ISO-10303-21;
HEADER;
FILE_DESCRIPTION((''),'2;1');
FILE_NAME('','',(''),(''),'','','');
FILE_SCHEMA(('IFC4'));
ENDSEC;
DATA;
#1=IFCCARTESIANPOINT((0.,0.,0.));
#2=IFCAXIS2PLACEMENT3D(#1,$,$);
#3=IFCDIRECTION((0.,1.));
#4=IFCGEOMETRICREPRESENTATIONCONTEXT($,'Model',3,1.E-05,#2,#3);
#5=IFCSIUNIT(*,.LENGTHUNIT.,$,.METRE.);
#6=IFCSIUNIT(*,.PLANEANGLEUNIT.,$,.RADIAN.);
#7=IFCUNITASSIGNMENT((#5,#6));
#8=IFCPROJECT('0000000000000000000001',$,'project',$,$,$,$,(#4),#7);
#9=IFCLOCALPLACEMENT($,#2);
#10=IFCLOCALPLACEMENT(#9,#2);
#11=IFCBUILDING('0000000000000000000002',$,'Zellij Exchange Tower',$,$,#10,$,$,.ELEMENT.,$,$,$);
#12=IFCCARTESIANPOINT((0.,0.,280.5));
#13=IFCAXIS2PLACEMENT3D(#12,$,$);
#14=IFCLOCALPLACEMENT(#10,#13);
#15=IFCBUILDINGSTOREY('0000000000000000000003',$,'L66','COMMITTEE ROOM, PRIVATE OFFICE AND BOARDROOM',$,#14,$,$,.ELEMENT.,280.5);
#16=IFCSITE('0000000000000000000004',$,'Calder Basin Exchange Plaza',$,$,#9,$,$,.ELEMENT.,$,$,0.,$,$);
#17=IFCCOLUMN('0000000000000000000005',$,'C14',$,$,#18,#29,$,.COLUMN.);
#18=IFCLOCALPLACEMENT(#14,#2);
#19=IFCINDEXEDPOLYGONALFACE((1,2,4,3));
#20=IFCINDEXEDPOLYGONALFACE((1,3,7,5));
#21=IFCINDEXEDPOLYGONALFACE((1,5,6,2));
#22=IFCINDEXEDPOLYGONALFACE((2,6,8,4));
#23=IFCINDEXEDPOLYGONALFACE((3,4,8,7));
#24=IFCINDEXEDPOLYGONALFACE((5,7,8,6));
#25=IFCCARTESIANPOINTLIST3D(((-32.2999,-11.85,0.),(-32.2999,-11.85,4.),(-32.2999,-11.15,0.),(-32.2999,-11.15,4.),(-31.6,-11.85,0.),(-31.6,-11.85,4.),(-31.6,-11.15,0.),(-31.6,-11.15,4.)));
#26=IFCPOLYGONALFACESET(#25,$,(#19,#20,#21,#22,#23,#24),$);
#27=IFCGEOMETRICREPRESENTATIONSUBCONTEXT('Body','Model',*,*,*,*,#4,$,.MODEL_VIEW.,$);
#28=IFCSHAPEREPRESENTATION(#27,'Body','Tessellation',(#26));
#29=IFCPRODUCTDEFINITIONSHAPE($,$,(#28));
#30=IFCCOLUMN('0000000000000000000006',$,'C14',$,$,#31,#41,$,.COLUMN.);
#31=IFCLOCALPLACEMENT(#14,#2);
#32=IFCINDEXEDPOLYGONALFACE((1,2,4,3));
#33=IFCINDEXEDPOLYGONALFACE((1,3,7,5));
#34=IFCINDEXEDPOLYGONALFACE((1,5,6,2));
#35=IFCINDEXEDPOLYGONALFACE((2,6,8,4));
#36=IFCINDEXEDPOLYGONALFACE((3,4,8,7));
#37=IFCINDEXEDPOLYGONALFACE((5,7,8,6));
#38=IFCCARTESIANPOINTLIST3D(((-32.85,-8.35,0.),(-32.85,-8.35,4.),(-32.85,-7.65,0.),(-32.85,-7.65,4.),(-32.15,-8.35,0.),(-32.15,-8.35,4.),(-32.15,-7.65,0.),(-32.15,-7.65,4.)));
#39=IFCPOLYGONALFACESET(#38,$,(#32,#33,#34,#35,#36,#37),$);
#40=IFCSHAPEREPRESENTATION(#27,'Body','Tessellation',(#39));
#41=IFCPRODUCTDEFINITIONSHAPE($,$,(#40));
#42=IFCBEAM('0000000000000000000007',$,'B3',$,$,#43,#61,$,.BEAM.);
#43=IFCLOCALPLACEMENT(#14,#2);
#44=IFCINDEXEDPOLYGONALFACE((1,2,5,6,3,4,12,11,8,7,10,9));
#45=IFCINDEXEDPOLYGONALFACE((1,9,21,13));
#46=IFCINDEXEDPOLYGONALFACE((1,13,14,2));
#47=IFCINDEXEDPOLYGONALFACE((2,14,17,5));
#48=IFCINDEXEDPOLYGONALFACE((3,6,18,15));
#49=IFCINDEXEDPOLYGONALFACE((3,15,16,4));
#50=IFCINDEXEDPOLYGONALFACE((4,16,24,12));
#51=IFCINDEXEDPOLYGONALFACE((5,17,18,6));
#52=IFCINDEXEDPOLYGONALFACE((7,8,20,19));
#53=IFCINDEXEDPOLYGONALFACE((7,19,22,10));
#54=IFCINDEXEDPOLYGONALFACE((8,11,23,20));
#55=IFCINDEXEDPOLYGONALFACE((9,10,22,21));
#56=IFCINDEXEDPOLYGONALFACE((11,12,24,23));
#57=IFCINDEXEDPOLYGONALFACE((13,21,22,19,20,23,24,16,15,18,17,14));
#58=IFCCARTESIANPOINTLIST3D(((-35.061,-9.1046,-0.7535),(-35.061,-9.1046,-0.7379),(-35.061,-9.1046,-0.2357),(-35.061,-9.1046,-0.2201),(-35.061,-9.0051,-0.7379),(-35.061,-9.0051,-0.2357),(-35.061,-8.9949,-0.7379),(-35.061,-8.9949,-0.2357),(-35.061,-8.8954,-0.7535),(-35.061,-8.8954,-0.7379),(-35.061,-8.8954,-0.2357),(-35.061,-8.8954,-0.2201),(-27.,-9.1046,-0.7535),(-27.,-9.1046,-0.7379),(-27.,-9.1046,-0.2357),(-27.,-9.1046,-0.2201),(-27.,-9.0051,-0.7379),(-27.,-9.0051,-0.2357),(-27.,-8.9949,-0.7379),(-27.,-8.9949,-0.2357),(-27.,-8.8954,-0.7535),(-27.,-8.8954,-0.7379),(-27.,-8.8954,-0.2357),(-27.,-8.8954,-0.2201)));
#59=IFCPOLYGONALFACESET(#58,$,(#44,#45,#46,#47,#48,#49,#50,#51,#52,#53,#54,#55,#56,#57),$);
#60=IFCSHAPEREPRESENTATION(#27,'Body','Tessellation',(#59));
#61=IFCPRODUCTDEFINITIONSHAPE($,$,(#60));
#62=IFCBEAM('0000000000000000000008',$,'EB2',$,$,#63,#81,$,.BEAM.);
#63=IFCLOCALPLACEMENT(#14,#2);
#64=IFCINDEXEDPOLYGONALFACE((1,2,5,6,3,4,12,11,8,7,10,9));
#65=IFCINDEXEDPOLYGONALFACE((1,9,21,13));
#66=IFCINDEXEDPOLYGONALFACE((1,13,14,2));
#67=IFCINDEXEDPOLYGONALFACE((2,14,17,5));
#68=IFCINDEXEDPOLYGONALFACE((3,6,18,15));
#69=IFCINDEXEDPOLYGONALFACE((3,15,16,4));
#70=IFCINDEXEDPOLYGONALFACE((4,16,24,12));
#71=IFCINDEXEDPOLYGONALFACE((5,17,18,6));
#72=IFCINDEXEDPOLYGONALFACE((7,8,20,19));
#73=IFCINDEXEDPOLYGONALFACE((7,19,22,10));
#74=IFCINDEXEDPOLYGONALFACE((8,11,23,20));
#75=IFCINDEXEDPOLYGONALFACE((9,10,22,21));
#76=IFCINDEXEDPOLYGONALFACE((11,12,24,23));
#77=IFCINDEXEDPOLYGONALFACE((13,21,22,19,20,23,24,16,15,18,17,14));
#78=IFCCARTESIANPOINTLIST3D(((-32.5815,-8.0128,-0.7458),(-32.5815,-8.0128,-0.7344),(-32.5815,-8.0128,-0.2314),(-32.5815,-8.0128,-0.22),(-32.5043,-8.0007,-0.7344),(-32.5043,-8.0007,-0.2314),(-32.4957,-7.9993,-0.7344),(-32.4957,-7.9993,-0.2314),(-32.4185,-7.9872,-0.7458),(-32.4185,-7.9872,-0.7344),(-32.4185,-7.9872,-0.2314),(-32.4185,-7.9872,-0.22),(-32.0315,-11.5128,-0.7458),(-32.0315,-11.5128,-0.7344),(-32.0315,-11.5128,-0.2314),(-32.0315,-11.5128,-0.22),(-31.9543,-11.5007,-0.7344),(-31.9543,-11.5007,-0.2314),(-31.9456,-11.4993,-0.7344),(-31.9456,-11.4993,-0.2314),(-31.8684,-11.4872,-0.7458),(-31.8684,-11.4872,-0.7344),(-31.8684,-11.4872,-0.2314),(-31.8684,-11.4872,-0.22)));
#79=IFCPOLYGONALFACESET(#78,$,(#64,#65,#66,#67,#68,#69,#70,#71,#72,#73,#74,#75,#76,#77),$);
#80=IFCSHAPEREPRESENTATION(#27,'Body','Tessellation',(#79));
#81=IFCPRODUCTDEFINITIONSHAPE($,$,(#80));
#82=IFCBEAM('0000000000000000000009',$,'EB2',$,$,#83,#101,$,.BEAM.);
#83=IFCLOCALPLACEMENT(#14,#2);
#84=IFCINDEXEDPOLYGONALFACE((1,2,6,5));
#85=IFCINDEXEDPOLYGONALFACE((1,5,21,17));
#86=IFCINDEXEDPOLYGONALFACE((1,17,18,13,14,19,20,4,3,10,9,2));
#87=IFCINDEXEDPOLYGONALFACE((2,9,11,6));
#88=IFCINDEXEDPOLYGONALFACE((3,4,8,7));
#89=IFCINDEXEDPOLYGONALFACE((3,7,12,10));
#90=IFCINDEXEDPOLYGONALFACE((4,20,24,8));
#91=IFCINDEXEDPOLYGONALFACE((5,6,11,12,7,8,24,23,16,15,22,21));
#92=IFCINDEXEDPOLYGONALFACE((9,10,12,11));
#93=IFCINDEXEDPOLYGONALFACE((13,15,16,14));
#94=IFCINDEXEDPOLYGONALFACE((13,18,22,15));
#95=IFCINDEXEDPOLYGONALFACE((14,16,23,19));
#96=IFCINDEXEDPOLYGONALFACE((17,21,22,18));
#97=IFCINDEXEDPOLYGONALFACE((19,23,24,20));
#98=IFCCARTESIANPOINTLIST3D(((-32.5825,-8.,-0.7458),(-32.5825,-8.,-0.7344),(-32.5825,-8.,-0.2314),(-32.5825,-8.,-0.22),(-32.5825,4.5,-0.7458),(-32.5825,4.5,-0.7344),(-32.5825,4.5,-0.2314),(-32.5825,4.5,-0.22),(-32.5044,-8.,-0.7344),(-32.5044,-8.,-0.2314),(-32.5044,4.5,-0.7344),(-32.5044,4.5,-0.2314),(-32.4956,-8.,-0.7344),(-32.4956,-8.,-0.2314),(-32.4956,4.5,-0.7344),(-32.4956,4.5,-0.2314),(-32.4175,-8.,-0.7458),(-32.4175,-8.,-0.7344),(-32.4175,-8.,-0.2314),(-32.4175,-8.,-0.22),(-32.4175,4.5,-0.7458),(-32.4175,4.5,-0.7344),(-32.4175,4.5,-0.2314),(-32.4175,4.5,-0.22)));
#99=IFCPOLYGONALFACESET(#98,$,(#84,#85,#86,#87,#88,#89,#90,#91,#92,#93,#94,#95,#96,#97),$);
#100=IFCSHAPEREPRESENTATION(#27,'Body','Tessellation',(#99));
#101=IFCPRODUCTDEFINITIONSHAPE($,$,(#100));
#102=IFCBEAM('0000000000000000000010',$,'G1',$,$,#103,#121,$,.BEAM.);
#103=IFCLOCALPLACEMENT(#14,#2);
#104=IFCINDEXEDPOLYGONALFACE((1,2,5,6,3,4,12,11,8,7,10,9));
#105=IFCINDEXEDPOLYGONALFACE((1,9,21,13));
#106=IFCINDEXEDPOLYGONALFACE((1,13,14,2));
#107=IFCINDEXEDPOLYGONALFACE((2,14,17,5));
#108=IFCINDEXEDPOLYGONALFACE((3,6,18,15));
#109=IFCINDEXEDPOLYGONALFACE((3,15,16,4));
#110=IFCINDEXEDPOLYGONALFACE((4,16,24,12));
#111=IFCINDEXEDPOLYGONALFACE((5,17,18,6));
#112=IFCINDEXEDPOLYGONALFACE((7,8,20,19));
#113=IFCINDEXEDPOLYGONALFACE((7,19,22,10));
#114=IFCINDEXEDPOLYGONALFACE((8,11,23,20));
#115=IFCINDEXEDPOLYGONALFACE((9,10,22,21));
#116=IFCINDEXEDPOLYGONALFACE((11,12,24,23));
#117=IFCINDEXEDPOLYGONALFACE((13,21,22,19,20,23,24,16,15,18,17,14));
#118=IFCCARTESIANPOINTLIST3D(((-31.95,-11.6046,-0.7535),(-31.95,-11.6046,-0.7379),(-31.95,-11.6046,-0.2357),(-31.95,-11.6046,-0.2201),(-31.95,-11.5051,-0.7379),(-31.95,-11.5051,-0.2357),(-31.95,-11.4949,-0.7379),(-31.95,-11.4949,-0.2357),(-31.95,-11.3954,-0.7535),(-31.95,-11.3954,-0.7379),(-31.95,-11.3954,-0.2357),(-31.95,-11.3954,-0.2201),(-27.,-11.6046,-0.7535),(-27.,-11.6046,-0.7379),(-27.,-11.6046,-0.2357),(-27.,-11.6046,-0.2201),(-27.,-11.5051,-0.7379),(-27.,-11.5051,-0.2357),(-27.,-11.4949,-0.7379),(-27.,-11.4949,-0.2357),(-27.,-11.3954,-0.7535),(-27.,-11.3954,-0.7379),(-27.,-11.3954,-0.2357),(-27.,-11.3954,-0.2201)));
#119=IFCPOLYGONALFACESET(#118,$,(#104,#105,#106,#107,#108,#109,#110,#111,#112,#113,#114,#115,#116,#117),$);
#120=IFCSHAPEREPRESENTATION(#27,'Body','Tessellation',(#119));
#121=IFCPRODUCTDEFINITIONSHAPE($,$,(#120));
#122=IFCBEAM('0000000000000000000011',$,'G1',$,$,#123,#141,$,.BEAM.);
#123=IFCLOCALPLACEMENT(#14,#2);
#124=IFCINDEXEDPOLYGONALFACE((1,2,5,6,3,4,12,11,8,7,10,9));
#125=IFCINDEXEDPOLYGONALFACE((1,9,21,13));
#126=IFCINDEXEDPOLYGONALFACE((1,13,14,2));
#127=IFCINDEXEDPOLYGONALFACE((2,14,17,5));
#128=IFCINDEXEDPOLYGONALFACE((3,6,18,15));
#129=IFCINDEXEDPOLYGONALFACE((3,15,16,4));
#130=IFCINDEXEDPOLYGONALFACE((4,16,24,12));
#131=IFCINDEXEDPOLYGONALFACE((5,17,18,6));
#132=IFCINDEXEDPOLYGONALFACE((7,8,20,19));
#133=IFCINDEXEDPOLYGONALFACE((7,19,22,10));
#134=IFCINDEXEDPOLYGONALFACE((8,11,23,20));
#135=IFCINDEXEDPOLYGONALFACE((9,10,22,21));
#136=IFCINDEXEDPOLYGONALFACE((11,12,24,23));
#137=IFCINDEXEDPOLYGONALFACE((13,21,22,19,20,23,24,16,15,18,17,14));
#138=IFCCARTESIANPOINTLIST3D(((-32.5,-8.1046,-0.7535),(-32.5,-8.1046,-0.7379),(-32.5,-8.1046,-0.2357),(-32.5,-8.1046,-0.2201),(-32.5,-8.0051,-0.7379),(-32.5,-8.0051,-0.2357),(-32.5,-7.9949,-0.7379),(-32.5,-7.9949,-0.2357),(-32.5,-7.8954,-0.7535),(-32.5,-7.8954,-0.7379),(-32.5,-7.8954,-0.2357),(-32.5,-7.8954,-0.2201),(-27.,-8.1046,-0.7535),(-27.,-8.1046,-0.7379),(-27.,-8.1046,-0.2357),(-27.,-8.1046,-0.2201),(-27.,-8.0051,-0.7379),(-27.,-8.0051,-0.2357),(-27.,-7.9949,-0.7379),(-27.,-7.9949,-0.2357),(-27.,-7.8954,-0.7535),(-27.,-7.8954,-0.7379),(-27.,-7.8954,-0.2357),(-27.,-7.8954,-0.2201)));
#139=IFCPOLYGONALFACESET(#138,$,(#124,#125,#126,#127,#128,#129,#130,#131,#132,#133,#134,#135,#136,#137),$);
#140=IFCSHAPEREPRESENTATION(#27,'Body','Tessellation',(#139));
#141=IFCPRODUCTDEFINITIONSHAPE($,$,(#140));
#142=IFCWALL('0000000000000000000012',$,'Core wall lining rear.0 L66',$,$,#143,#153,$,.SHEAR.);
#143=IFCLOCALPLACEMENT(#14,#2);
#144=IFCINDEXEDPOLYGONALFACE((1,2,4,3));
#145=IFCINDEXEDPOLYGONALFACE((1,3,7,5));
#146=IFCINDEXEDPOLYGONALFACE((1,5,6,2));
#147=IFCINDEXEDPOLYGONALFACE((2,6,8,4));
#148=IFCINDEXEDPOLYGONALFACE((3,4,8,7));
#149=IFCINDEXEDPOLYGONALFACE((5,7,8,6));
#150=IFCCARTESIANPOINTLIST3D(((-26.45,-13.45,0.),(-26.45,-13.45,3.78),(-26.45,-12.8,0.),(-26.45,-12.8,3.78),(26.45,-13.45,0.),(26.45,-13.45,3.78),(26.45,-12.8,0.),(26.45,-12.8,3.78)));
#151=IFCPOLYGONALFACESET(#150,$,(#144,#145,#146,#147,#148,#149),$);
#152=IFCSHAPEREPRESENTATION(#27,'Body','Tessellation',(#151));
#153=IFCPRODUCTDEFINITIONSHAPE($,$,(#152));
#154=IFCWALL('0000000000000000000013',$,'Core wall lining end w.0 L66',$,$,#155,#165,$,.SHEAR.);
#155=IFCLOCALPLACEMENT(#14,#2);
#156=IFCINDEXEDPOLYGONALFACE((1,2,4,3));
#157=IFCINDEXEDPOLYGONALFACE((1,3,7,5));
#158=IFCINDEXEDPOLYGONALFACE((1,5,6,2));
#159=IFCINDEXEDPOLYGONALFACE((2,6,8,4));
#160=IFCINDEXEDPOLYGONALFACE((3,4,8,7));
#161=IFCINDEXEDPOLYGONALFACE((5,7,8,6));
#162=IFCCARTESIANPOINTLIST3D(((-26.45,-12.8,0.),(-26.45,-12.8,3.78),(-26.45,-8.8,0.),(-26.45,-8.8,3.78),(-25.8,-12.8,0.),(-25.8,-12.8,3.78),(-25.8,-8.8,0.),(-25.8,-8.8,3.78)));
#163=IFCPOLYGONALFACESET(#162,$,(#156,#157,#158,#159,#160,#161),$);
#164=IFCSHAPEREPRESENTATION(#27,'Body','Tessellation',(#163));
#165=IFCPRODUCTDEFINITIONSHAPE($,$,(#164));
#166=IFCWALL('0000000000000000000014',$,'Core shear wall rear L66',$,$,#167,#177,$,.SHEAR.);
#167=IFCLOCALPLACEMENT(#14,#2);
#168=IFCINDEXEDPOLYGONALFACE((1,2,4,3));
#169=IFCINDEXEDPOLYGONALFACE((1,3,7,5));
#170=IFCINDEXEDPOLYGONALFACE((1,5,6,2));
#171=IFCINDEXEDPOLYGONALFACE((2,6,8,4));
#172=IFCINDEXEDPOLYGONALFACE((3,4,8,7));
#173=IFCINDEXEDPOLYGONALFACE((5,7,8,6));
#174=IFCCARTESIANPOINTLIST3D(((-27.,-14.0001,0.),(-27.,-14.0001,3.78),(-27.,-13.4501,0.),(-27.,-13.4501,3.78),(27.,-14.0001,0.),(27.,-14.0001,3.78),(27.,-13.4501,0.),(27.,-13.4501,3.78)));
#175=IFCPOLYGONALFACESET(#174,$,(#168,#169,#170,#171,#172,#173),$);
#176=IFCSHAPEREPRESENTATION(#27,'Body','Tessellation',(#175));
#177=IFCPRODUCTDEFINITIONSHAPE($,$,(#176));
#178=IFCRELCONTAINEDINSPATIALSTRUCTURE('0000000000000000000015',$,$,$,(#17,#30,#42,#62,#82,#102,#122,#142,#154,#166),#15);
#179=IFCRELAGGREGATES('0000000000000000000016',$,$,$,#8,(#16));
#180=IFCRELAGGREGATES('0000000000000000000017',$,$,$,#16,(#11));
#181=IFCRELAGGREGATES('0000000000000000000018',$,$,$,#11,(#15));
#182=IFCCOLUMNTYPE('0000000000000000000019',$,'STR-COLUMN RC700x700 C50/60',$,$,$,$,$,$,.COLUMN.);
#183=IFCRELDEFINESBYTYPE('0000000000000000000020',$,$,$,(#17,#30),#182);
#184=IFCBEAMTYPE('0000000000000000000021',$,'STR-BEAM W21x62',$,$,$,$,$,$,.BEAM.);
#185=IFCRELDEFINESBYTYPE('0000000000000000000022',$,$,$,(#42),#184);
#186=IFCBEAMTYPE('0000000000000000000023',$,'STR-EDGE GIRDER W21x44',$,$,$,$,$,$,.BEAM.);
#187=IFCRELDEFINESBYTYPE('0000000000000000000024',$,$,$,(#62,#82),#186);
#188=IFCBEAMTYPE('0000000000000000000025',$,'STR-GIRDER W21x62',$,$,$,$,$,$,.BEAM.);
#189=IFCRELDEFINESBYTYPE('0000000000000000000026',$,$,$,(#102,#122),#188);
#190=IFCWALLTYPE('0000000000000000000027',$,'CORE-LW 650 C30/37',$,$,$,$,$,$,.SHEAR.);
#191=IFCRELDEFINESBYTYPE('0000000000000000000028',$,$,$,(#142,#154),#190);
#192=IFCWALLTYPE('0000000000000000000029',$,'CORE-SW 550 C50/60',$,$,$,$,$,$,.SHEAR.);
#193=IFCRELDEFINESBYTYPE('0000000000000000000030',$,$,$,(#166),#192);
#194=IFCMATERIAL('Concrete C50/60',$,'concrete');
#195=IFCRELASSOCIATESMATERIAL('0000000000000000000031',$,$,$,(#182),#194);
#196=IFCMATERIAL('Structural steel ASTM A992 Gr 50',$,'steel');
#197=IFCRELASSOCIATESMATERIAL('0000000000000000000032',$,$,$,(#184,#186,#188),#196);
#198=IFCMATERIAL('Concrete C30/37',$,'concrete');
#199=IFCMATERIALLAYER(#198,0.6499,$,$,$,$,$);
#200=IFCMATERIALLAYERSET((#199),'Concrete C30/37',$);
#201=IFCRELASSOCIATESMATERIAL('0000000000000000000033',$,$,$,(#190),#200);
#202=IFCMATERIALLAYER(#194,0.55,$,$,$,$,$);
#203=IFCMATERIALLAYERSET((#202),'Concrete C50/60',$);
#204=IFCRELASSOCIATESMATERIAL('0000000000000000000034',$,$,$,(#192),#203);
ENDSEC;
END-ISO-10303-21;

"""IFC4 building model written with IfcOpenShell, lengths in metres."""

from ifc_helpers import new_model, si_unit, direction, frame, frame_2d, origin, origin_2d, place, context, subcontext, project, spatial, rectangle, i_section, extrude, material, layer, layer_set, material_profile, profile_set, type_object, element, save


model = new_model("IFC4")

# Units and contexts
model_context = context("Model", 3, precision=1e-05, world=origin(), true_north=direction((0.0, 1.0)))
body_context = subcontext(model_context, "Body", "Model", "MODEL_VIEW")
ifc_project = project(units=[si_unit("LENGTHUNIT", "METRE"), si_unit("PLANEANGLEUNIT", "RADIAN")], contexts=[model_context])

# Site, building, storey
site_placement = place(None, origin())
site = spatial("IfcSite", under=ifc_project, at=site_placement, Name="Calder Basin Exchange Plaza", CompositionType="ELEMENT", RefElevation=0.0)
building_placement = place(site_placement, origin())
building = spatial("IfcBuilding", under=site, at=building_placement, Name="Zellij Exchange Tower", CompositionType="ELEMENT")
storey_placement = place(building_placement, frame((0.0, 0.0, 280.5)))
storey = spatial("IfcBuildingStorey", under=building, at=storey_placement, Name="L66", Description="COMMITTEE ROOM, PRIVATE OFFICE AND BOARDROOM", CompositionType="ELEMENT", Elevation=280.5)

# Columns
ifc_material_1 = material(Name="Concrete C50/60", Category="concrete")
ifc_material_profile_1 = material_profile(ifc_material_1, rectangle(XDim=0.7, YDim=0.7, at=origin_2d()), Name="STR-COLUMN RC700x700 C50/60")
ifc_profile_set_1 = profile_set([ifc_material_profile_1], Name="Concrete C50/60")
column_type = type_object("IfcColumnType", Name="STR-COLUMN RC700x700 C50/60", PredefinedType="COLUMN", material=ifc_profile_set_1)
for number, where, z_axis, x_axis, name in (
    (1, (-31.95, -11.5, 0.0), (0.0, 0.0, 1.0), (1.0, 0.0, 0.0), "C14"),
    (2, (-32.5, -8.0, 0.0), (0.0, 0.0, 1.0), (1.0, 0.0, 0.0), "C14"),
):
    element("IfcColumn", number, at=place(storey_placement, frame(where, z_axis=z_axis, x_axis=x_axis)), inside=storey, type_object=column_type, Name=name, PredefinedType="COLUMN", context=body_context, shape_type="SweptSolid", body=[
        extrude(rectangle(XDim=0.7, YDim=0.7, at=origin_2d()), origin(), (0.0, 0.0, 1.0), 4.0),
    ])

# Beams
ifc_material_2 = material(Name="Structural steel ASTM A992 Gr 50", Category="steel")
ifc_material_profile_2 = material_profile(ifc_material_2, i_section(OverallWidth=0.2092, OverallDepth=0.5334, WebThickness=0.0103, FlangeThickness=0.0156, at=origin_2d()), Name="W21x62")
ifc_profile_set_2 = profile_set([ifc_material_profile_2], Name="Structural steel ASTM A992 Gr 50")
beam_type_1 = type_object("IfcBeamType", Name="STR-BEAM W21x62", PredefinedType="BEAM", material=ifc_profile_set_2)
beam_1_placement = place(storey_placement, frame((-35.061, -9.0, -0.4868), z_axis=(1.0, 0.0, 0.0), x_axis=(0.0, 1.0, 0.0)))
element("IfcBeam", 3, at=beam_1_placement, inside=storey, type_object=beam_type_1, Name="B3", PredefinedType="BEAM", context=body_context, shape_type="SweptSolid", body=[
    extrude(i_section(OverallWidth=0.2092, OverallDepth=0.5334, WebThickness=0.0103, FlangeThickness=0.0156, at=origin_2d()), origin(), (0.0, 0.0, 1.0), 8.061),
])
ifc_material_profile_3 = material_profile(ifc_material_2, i_section(OverallWidth=0.165, OverallDepth=0.5259, WebThickness=0.0088, FlangeThickness=0.0115, at=origin_2d()), Name="W21x44")
ifc_profile_set_3 = profile_set([ifc_material_profile_3], Name="Structural steel ASTM A992 Gr 50")
beam_type_2 = type_object("IfcBeamType", Name="STR-EDGE GIRDER W21x44", PredefinedType="BEAM", material=ifc_profile_set_3)
beam_2_placement = place(storey_placement, frame((-31.95, -11.5, -0.4829), z_axis=(-0.155251, 0.987875, 0.0), x_axis=(-0.987875, -0.155251, 0.0)))
element("IfcBeam", 4, at=beam_2_placement, inside=storey, type_object=beam_type_2, Name="EB2", PredefinedType="BEAM", context=body_context, shape_type="SweptSolid", body=[
    extrude(i_section(OverallWidth=0.165, OverallDepth=0.5259, WebThickness=0.0088, FlangeThickness=0.0115, at=origin_2d()), origin(), (0.0, 0.0, 1.0), 3.543),
])
beam_3_placement = place(storey_placement, frame((-32.5, -8.0, -0.4829), z_axis=(0.0, 1.0, 0.0), x_axis=(-1.0, 0.0, 0.0)))
element("IfcBeam", 5, at=beam_3_placement, inside=storey, type_object=beam_type_2, Name="EB2", PredefinedType="BEAM", context=body_context, shape_type="SweptSolid", body=[
    extrude(i_section(OverallWidth=0.165, OverallDepth=0.5259, WebThickness=0.0088, FlangeThickness=0.0115, at=origin_2d()), origin(), (0.0, 0.0, 1.0), 12.5),
])
ifc_material_profile_4 = material_profile(ifc_material_2, i_section(OverallWidth=0.2092, OverallDepth=0.5334, WebThickness=0.0103, FlangeThickness=0.0156, at=origin_2d()), Name="W21x62")
ifc_profile_set_4 = profile_set([ifc_material_profile_4], Name="Structural steel ASTM A992 Gr 50")
beam_type_3 = type_object("IfcBeamType", Name="STR-GIRDER W21x62", PredefinedType="BEAM", material=ifc_profile_set_4)
beam_4_placement = place(storey_placement, frame((-31.95, -11.5, -0.4868), z_axis=(1.0, 0.0, 0.0), x_axis=(0.0, 1.0, 0.0)))
element("IfcBeam", 6, at=beam_4_placement, inside=storey, type_object=beam_type_3, Name="G1", PredefinedType="BEAM", context=body_context, shape_type="SweptSolid", body=[
    extrude(i_section(OverallWidth=0.2092, OverallDepth=0.5334, WebThickness=0.0103, FlangeThickness=0.0156, at=origin_2d()), origin(), (0.0, 0.0, 1.0), 4.95),
])
beam_5_placement = place(storey_placement, frame((-32.5, -8.0, -0.4868), z_axis=(1.0, 0.0, 0.0), x_axis=(0.0, 1.0, 0.0)))
element("IfcBeam", 7, at=beam_5_placement, inside=storey, type_object=beam_type_3, Name="G1", PredefinedType="BEAM", context=body_context, shape_type="SweptSolid", body=[
    extrude(i_section(OverallWidth=0.2092, OverallDepth=0.5334, WebThickness=0.0103, FlangeThickness=0.0156, at=origin_2d()), origin(), (0.0, 0.0, 1.0), 5.5),
])

# Walls
ifc_material_3 = material(Name="Concrete C30/37", Category="concrete")
ifc_layer_1 = layer(ifc_material_3, 0.6499)
ifc_layer_set_1 = layer_set([ifc_layer_1], Name="Concrete C30/37")
wall_type_1 = type_object("IfcWallType", Name="CORE-LW 650 C30/37", PredefinedType="SHEAR", material=ifc_layer_set_1)
wall_1_placement = place(storey_placement, frame((-26.45, -13.125, 0.0), z_axis=(0.0, 0.0, 1.0), x_axis=(1.0, 0.0, 0.0)))
element("IfcWall", 8, at=wall_1_placement, inside=storey, type_object=wall_type_1, Name="Core wall lining rear.0 L66", PredefinedType="SHEAR", context=body_context, shape_type="SweptSolid", body=[
    extrude(rectangle(XDim=52.8999, YDim=0.6499, at=frame_2d((26.45, 0.0))), origin(), (0.0, 0.0, 1.0), 3.78),
])
wall_2_placement = place(storey_placement, frame((-26.125, -12.8, 0.0), z_axis=(0.0, 0.0, 1.0), x_axis=(0.0, 1.0, 0.0)))
element("IfcWall", 9, at=wall_2_placement, inside=storey, type_object=wall_type_1, Name="Core wall lining end w.0 L66", PredefinedType="SHEAR", context=body_context, shape_type="SweptSolid", body=[
    extrude(rectangle(XDim=4.0, YDim=0.6499, at=frame_2d((2.0, 0.0))), origin(), (0.0, 0.0, 1.0), 3.78),
])
ifc_layer_2 = layer(ifc_material_1, 0.55)
ifc_layer_set_2 = layer_set([ifc_layer_2], Name="Concrete C50/60")
wall_type_2 = type_object("IfcWallType", Name="CORE-SW 550 C50/60", PredefinedType="SHEAR", material=ifc_layer_set_2)
wall_3_placement = place(storey_placement, frame((-27.0, -13.7251, 0.0), z_axis=(0.0, 0.0, 1.0), x_axis=(1.0, 0.0, 0.0)))
element("IfcWall", 10, at=wall_3_placement, inside=storey, type_object=wall_type_2, Name="Core shear wall rear L66", PredefinedType="SHEAR", context=body_context, shape_type="SweptSolid", body=[
    extrude(rectangle(XDim=54.0, YDim=0.55, at=frame_2d((27.0, 0.0))), origin(), (0.0, 0.0, 1.0), 3.78),
])

save(model, "model.ifc")
